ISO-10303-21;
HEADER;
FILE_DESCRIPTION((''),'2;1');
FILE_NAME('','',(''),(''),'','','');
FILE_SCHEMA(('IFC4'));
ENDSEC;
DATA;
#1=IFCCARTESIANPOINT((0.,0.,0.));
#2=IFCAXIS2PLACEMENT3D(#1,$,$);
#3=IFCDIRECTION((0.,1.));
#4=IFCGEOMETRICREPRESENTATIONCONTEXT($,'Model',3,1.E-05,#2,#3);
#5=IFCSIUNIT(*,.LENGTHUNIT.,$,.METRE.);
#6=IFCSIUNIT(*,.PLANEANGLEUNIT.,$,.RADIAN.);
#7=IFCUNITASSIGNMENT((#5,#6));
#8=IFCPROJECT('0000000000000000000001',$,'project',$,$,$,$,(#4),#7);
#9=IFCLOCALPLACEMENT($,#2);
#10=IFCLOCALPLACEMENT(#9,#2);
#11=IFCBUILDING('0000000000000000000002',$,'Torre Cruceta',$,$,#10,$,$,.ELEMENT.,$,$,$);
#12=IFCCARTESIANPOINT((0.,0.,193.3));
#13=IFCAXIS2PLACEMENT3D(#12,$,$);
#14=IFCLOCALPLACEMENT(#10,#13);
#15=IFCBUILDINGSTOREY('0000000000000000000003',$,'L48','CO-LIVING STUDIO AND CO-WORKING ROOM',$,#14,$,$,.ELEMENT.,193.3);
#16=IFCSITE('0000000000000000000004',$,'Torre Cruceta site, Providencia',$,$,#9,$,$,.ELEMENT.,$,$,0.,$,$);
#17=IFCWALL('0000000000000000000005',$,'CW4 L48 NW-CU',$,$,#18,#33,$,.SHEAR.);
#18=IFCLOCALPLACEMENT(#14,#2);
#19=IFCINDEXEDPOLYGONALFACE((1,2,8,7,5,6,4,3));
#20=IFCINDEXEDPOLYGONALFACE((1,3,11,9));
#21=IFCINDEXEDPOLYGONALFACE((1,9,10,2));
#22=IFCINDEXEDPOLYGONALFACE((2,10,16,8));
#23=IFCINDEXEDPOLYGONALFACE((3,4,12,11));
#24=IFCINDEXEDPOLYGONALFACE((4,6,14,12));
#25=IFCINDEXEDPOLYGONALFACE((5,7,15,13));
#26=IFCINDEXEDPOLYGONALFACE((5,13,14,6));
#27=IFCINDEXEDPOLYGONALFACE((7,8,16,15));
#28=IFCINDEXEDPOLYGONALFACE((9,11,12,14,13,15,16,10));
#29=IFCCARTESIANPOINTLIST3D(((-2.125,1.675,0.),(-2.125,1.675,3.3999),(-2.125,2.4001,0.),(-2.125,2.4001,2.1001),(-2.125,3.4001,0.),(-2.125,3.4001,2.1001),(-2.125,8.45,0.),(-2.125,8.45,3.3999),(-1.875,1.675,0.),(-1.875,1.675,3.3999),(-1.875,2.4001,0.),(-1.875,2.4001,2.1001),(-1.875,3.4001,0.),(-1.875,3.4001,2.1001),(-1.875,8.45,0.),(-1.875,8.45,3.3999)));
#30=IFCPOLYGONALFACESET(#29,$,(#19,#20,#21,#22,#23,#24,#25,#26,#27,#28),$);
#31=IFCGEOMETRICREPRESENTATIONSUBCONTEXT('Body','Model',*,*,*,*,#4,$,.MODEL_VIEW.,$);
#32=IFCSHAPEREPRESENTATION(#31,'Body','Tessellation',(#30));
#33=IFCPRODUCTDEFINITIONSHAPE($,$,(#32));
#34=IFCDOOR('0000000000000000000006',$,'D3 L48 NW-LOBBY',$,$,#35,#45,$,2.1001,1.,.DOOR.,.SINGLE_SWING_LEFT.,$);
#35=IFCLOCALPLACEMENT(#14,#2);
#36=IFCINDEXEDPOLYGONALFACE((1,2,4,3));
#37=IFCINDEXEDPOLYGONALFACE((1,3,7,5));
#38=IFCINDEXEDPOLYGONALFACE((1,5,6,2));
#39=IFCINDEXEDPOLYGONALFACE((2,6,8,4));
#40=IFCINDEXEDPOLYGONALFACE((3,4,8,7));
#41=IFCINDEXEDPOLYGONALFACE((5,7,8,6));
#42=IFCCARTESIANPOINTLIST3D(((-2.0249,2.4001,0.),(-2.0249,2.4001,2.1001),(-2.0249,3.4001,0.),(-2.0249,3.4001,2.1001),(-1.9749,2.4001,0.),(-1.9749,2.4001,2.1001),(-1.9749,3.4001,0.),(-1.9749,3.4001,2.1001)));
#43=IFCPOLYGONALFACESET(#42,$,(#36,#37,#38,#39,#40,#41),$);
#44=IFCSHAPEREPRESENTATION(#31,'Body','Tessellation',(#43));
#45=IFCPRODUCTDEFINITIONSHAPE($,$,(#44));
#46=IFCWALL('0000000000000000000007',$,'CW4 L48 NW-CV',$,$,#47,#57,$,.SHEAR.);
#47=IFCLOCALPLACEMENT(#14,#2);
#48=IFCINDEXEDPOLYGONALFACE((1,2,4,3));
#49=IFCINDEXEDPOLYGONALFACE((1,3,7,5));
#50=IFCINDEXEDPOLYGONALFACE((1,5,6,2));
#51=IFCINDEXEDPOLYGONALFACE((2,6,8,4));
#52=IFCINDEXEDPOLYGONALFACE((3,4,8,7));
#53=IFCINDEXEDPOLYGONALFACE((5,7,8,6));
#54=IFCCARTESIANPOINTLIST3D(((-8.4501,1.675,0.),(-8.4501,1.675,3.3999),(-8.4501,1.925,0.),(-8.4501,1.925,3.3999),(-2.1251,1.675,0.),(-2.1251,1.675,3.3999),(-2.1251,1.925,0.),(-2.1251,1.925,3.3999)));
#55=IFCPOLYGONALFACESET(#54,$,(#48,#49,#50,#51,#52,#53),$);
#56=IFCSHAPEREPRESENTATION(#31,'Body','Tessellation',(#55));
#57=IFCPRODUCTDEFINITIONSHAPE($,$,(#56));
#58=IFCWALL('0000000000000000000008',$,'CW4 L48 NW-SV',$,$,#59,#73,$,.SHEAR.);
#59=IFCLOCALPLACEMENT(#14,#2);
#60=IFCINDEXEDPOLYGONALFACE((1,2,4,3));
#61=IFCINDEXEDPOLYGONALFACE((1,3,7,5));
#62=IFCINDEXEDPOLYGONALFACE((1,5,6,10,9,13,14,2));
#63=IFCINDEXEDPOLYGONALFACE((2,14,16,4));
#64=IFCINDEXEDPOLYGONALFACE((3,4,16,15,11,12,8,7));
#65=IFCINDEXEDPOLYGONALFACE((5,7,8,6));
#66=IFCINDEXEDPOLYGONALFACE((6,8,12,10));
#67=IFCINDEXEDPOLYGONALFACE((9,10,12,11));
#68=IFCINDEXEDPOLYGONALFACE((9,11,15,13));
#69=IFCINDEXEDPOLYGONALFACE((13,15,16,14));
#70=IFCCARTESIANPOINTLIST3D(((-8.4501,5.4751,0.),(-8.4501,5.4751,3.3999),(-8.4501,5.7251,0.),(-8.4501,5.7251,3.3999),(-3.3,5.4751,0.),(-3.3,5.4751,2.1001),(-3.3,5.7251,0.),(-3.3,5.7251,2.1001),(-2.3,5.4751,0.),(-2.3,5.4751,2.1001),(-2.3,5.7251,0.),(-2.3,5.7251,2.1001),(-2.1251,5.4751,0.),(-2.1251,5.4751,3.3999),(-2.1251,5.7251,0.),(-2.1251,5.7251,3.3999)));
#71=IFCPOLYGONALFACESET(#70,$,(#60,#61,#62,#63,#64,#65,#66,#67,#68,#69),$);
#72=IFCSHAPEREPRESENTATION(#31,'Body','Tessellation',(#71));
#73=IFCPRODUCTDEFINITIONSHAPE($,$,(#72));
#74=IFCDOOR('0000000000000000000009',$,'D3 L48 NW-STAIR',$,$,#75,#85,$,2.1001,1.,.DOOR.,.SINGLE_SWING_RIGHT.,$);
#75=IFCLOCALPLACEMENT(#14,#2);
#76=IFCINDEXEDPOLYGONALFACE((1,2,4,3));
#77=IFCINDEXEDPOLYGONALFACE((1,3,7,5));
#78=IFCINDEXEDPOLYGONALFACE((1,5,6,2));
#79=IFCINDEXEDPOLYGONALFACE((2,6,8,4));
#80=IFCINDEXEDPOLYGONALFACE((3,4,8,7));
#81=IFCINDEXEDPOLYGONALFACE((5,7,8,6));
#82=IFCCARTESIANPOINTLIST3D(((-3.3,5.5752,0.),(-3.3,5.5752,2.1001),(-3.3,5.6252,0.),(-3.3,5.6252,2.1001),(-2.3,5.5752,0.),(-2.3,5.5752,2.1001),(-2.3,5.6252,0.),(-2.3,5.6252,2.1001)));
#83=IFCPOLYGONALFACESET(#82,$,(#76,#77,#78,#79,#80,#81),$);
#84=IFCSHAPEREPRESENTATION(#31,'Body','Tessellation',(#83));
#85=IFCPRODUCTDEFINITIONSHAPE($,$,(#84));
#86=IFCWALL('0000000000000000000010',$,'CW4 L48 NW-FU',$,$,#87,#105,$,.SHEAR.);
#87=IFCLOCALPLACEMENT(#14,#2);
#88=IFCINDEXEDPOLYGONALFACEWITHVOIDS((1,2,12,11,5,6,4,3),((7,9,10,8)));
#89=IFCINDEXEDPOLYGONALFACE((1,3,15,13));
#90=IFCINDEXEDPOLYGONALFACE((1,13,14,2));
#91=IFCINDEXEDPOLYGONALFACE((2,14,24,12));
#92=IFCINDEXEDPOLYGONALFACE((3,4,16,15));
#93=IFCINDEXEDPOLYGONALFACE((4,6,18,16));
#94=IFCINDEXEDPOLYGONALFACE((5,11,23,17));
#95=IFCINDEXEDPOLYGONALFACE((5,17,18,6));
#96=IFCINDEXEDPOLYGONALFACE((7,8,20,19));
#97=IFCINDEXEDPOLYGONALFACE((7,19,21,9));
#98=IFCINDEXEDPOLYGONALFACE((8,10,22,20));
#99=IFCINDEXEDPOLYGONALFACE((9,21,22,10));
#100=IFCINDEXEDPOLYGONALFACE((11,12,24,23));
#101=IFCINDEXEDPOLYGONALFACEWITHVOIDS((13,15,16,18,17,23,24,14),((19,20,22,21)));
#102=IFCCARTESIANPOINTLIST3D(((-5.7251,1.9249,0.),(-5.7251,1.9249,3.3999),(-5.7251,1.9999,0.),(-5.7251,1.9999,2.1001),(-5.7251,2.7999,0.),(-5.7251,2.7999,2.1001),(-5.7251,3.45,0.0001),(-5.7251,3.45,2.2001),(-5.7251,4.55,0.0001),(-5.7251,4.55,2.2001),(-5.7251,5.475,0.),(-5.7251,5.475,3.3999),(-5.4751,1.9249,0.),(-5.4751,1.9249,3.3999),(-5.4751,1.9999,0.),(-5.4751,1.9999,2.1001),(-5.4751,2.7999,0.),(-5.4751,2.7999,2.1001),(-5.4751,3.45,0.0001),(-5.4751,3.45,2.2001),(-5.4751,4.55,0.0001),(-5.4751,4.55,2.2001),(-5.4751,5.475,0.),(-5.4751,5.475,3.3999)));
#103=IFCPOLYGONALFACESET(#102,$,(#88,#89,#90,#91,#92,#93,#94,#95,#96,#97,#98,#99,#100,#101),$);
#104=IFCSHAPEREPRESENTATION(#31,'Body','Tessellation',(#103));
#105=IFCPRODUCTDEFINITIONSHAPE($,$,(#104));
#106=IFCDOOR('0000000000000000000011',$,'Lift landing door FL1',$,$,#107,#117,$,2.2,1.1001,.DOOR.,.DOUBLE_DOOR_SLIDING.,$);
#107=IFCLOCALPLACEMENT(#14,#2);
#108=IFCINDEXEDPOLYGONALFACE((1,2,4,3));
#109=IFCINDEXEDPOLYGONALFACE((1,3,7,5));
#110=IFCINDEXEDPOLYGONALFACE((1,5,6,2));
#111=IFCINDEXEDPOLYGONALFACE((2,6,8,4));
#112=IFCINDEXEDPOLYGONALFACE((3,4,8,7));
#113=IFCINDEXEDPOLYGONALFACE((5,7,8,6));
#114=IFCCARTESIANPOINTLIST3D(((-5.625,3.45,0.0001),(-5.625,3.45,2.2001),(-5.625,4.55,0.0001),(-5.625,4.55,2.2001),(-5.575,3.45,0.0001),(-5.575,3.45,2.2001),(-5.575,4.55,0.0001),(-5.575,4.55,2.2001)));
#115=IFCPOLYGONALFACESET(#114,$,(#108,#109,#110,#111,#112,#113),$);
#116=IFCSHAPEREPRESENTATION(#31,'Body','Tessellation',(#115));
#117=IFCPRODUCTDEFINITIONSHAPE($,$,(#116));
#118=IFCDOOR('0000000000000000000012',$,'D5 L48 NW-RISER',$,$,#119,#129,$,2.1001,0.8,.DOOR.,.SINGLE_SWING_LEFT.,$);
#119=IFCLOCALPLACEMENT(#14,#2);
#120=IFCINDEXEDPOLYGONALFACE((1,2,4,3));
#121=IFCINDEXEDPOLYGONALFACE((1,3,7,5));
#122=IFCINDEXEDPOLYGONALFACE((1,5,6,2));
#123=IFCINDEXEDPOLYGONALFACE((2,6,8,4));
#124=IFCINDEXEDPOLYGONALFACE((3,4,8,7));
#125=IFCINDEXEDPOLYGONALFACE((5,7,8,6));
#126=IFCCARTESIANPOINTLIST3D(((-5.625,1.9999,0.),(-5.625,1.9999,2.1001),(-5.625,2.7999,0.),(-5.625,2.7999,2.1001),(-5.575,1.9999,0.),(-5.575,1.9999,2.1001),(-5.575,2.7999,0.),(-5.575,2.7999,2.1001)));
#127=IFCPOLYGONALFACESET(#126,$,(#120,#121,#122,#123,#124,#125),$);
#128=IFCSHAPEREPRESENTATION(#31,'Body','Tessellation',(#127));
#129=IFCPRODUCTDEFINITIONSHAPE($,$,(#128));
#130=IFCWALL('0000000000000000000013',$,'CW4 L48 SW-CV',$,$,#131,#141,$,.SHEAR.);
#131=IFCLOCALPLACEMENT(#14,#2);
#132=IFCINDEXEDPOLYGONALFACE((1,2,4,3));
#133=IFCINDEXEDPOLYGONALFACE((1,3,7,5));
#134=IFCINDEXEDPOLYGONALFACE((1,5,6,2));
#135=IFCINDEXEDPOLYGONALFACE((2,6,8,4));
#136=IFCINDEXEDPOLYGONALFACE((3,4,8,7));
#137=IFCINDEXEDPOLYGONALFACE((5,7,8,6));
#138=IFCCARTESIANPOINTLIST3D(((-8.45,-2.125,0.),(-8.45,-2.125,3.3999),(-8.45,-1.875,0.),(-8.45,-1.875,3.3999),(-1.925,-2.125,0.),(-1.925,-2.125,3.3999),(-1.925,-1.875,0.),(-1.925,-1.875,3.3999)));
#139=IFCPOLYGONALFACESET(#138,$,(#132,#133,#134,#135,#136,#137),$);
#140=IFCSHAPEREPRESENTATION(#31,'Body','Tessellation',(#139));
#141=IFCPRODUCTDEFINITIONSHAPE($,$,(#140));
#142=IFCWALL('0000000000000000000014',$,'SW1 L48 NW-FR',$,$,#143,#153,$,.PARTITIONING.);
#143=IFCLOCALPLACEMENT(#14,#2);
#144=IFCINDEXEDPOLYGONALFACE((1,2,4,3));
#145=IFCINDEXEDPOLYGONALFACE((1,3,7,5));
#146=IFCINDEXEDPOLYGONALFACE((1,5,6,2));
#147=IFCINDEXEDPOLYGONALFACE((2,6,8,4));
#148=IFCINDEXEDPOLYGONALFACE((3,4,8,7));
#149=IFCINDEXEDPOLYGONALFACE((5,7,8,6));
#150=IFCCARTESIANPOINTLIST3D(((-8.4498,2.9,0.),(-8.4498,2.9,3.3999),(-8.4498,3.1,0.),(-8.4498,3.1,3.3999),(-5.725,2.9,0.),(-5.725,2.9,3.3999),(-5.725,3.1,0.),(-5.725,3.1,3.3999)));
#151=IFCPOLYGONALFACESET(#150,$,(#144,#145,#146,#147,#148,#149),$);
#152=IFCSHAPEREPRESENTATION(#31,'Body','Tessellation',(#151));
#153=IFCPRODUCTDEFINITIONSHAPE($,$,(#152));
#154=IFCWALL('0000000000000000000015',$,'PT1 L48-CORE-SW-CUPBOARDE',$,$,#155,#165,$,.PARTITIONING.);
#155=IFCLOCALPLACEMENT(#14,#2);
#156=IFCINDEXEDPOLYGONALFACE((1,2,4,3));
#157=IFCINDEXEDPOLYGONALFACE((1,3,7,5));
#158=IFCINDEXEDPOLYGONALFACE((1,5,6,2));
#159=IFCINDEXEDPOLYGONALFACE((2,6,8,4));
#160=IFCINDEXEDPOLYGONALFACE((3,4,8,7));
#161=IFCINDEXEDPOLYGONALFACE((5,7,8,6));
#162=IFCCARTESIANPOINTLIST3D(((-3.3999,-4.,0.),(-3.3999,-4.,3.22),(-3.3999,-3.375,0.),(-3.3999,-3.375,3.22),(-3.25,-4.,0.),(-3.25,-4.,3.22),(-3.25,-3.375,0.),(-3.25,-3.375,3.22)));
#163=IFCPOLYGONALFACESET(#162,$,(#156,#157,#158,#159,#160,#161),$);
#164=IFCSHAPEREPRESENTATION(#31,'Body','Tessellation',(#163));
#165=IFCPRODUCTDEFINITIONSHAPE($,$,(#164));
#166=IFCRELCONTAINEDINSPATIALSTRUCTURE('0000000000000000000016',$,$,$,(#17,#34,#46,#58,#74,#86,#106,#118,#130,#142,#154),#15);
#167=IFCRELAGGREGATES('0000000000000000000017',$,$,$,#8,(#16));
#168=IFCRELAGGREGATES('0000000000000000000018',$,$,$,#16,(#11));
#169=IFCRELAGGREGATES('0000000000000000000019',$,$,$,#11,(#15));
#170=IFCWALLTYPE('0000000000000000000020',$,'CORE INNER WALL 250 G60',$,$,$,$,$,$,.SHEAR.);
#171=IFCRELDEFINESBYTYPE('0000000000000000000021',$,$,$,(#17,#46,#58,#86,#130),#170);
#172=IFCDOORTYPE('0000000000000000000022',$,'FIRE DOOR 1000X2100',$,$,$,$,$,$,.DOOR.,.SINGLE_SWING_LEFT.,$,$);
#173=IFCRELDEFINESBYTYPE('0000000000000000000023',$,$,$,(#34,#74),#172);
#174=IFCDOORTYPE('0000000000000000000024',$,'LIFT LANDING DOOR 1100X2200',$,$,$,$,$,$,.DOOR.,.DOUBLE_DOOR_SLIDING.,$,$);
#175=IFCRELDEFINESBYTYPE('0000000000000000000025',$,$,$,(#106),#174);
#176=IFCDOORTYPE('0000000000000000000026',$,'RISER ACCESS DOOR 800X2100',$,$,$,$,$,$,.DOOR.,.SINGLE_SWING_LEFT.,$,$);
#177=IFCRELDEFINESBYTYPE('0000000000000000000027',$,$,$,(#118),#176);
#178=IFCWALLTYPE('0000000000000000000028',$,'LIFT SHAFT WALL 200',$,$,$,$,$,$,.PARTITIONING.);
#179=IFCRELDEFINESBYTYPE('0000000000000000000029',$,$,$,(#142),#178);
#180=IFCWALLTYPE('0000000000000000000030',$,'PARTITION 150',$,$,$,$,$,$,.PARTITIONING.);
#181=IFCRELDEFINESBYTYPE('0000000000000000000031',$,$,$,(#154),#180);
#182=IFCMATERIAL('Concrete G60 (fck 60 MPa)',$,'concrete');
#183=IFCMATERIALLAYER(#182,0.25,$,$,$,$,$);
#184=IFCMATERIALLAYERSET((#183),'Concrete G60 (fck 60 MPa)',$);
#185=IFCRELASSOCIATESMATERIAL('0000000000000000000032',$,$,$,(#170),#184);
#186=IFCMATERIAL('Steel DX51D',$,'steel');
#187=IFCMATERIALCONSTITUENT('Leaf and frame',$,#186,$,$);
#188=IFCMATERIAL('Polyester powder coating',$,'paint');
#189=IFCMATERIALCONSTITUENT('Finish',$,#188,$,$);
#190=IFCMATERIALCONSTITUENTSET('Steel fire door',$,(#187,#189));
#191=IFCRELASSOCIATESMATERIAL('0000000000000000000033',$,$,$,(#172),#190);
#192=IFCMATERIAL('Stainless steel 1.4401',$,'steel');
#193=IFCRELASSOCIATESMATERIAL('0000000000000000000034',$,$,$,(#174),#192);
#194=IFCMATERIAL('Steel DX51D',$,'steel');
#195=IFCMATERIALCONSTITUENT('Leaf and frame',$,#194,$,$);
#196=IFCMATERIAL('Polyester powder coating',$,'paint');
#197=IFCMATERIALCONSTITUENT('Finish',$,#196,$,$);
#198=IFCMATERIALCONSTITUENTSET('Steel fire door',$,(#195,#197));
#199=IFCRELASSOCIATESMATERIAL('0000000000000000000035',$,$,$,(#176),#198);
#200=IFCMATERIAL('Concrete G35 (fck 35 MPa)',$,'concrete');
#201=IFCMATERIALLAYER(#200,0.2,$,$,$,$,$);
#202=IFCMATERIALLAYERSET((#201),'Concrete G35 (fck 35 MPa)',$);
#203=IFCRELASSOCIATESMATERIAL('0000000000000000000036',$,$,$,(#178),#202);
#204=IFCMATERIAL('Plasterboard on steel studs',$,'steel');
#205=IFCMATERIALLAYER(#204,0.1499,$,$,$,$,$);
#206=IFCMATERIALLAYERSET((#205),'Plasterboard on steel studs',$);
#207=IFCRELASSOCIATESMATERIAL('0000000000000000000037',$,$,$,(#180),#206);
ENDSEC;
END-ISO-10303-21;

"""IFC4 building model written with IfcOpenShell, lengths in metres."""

from ifc_helpers import new_model, si_unit, direction, frame, frame_2d, origin, place, context, subcontext, project, spatial, rectangle, extrude, material, layer, layer_set, constituent, constituent_set, type_object, element, fill, save


model = new_model("IFC4")

# Units and contexts
model_context = context("Model", 3, precision=1e-05, world=origin(), true_north=direction((0.0, 1.0)))
body_context = subcontext(model_context, "Body", "Model", "MODEL_VIEW")
ifc_project = project(units=[si_unit("LENGTHUNIT", "METRE"), si_unit("PLANEANGLEUNIT", "RADIAN")], contexts=[model_context])

# Site, building, storey
site_placement = place(None, origin())
site = spatial("IfcSite", under=ifc_project, at=site_placement, Name="Torre Cruceta site, Providencia", CompositionType="ELEMENT", RefElevation=0.0)
building_placement = place(site_placement, origin())
building = spatial("IfcBuilding", under=site, at=building_placement, Name="Torre Cruceta", CompositionType="ELEMENT")
storey_placement = place(building_placement, frame((0.0, 0.0, 193.3)))
storey = spatial("IfcBuildingStorey", under=building, at=storey_placement, Name="L48", Description="CO-LIVING STUDIO AND CO-WORKING ROOM", CompositionType="ELEMENT", Elevation=193.3)

# Wall, opening, door
ifc_material_1 = material(Name="Concrete G60 (fck 60 MPa)", Category="concrete")
ifc_layer_1 = layer(ifc_material_1, 0.25)
ifc_layer_set_1 = layer_set([ifc_layer_1], Name="Concrete G60 (fck 60 MPa)")
wall_type_1 = type_object("IfcWallType", Name="CORE INNER WALL 250 G60", PredefinedType="SHEAR", material=ifc_layer_set_1)
wall_1_placement = place(storey_placement, frame((-2.0, 1.675, 0.0), z_axis=(0.0, 0.0, 1.0), x_axis=(0.0, 1.0, 0.0)))
wall_1 = element("IfcWall", 1, at=wall_1_placement, inside=storey, type_object=wall_type_1, Name="CW4 L48 NW-CU", PredefinedType="SHEAR", context=body_context, shape_type="SweptSolid", body=[
    extrude(rectangle(XDim=6.7749, YDim=0.25, at=frame_2d((3.3875, 0.0))), origin(), (0.0, 0.0, 1.0), 3.3999),
])
opening_1_placement = place(wall_1_placement, frame((0.7251, 0.0, 0.0)))
opening_1 = element("IfcOpeningElement", 2, at=opening_1_placement, cuts=wall_1, PredefinedType="OPENING", context=body_context, shape_type="SweptSolid", body=[
    extrude(rectangle(XDim=1.0, YDim=2.1001, at=frame_2d((0.5, 1.05))), frame((0.0, 0.135, 0.0), z_axis=(0.0, -1.0, 0.0), x_axis=(1.0, 0.0, 0.0)), (0.0, 0.0, 1.0), 0.27),
])
ifc_material_2 = material(Name="Steel DX51D", Category="steel")
ifc_constituent_1 = constituent(ifc_material_2, Name="Leaf and frame")
ifc_material_3 = material(Name="Polyester powder coating", Category="paint")
ifc_constituent_2 = constituent(ifc_material_3, Name="Finish")
ifc_constituent_set_1 = constituent_set(constituents=[ifc_constituent_1, ifc_constituent_2], Name="Steel fire door")
door_type_1 = type_object("IfcDoorType", Name="FIRE DOOR 1000X2100", OperationType="SINGLE_SWING_LEFT", PredefinedType="DOOR", material=ifc_constituent_set_1)
door_1_placement = place(opening_1_placement, origin())
door_1 = element("IfcDoor", 3, at=door_1_placement, inside=storey, type_object=door_type_1, Name="D3 L48 NW-LOBBY", OperationType="SINGLE_SWING_LEFT", OverallHeight=2.1001, OverallWidth=1.0, PredefinedType="DOOR", context=body_context, shape_type="SweptSolid", body=[
    extrude(rectangle(XDim=1.0, YDim=2.1001, at=frame_2d((0.5, 1.05))), frame((0.0, 0.0249, 0.0), z_axis=(0.0, -1.0, 0.0), x_axis=(1.0, 0.0, 0.0)), (0.0, 0.0, 1.0), 0.05),
])
fill(opening_1, door_1)

# Wall
wall_2_placement = place(storey_placement, frame((-2.125, 1.8, 0.0), z_axis=(0.0, 0.0, 1.0), x_axis=(-1.0, 0.0, 0.0)))
element("IfcWall", 4, at=wall_2_placement, inside=storey, type_object=wall_type_1, Name="CW4 L48 NW-CV", PredefinedType="SHEAR", context=body_context, shape_type="SweptSolid", body=[
    extrude(rectangle(XDim=6.325, YDim=0.25, at=frame_2d((3.1626, 0.0))), origin(), (0.0, 0.0, 1.0), 3.3999),
])

# Wall, opening, door
wall_3_placement = place(storey_placement, frame((-2.125, 5.6001, 0.0), z_axis=(0.0, 0.0, 1.0), x_axis=(-1.0, 0.0, 0.0)))
wall_3 = element("IfcWall", 5, at=wall_3_placement, inside=storey, type_object=wall_type_1, Name="CW4 L48 NW-SV", PredefinedType="SHEAR", context=body_context, shape_type="SweptSolid", body=[
    extrude(rectangle(XDim=6.325, YDim=0.25, at=frame_2d((3.1626, 0.0))), origin(), (0.0, 0.0, 1.0), 3.3999),
])
opening_2_placement = place(wall_3_placement, frame((0.175, 0.0, 0.0)))
opening_2 = element("IfcOpeningElement", 6, at=opening_2_placement, cuts=wall_3, PredefinedType="OPENING", context=body_context, shape_type="SweptSolid", body=[
    extrude(rectangle(XDim=1.0, YDim=2.1001, at=frame_2d((0.5, 1.05))), frame((0.0, 0.135, 0.0), z_axis=(0.0, -1.0, 0.0), x_axis=(1.0, 0.0, 0.0)), (0.0, 0.0, 1.0), 0.27),
])
door_2_placement = place(opening_2_placement, frame((1.0, 0.0, 0.0), z_axis=(0.0, 0.0, 1.0), x_axis=(-1.0, 0.0, 0.0)))
door_2 = element("IfcDoor", 7, at=door_2_placement, inside=storey, type_object=door_type_1, Name="D3 L48 NW-STAIR", OperationType="SINGLE_SWING_RIGHT", OverallHeight=2.1001, OverallWidth=1.0, PredefinedType="DOOR", context=body_context, shape_type="SweptSolid", body=[
    extrude(rectangle(XDim=1.0, YDim=2.1001, at=frame_2d((0.5, 1.05))), frame((0.0, 0.0251, 0.0), z_axis=(0.0, -1.0, 0.0), x_axis=(1.0, 0.0, 0.0)), (0.0, 0.0, 1.0), 0.05),
])
fill(opening_2, door_2)

# Wall, openings, doors
wall_4_placement = place(storey_placement, frame((-5.6001, 1.925, 0.0), z_axis=(0.0, 0.0, 1.0), x_axis=(0.0, 1.0, 0.0)))
wall_4 = element("IfcWall", 8, at=wall_4_placement, inside=storey, type_object=wall_type_1, Name="CW4 L48 NW-FU", PredefinedType="SHEAR", context=body_context, shape_type="SweptSolid", body=[
    extrude(rectangle(XDim=3.55, YDim=0.25, at=frame_2d((1.7749, 0.0))), origin(), (0.0, 0.0, 1.0), 3.3999),
])
opening_3_placement = place(wall_4_placement, frame((1.5249, 0.0, 0.0)))
opening_3 = element("IfcOpeningElement", 9, at=opening_3_placement, cuts=wall_4, PredefinedType="OPENING", context=body_context, shape_type="SweptSolid", body=[
    extrude(rectangle(XDim=1.1001, YDim=2.2, at=frame_2d((0.55, 1.1001))), frame((0.0, 0.135, 0.0), z_axis=(0.0, -1.0, 0.0), x_axis=(1.0, 0.0, 0.0)), (0.0, 0.0, 1.0), 0.27),
])
opening_4_placement = place(wall_4_placement, frame((0.075, 0.0, 0.0)))
opening_4 = element("IfcOpeningElement", 10, at=opening_4_placement, cuts=wall_4, PredefinedType="OPENING", context=body_context, shape_type="SweptSolid", body=[
    extrude(rectangle(XDim=0.8, YDim=2.1001, at=frame_2d((0.3999, 1.05))), frame((0.0, 0.135, 0.0), z_axis=(0.0, -1.0, 0.0), x_axis=(1.0, 0.0, 0.0)), (0.0, 0.0, 1.0), 0.27),
])
ifc_material_4 = material(Name="Stainless steel 1.4401", Category="steel")
door_type_2 = type_object("IfcDoorType", Name="LIFT LANDING DOOR 1100X2200", OperationType="DOUBLE_DOOR_SLIDING", PredefinedType="DOOR", material=ifc_material_4)
door_3_placement = place(opening_3_placement, origin())
door_3 = element("IfcDoor", 11, at=door_3_placement, inside=storey, type_object=door_type_2, Name="Lift landing door FL1", OperationType="DOUBLE_DOOR_SLIDING", OverallHeight=2.2, OverallWidth=1.1001, PredefinedType="DOOR", context=body_context, shape_type="SweptSolid", body=[
    extrude(rectangle(XDim=1.1001, YDim=2.2, at=frame_2d((0.55, 1.1001))), frame((0.0, 0.0249, 0.0), z_axis=(0.0, -1.0, 0.0), x_axis=(1.0, 0.0, 0.0)), (0.0, 0.0, 1.0), 0.05),
])
fill(opening_3, door_3)
ifc_material_5 = material(Name="Steel DX51D", Category="steel")
ifc_constituent_3 = constituent(ifc_material_5, Name="Leaf and frame")
ifc_material_6 = material(Name="Polyester powder coating", Category="paint")
ifc_constituent_4 = constituent(ifc_material_6, Name="Finish")
ifc_constituent_set_2 = constituent_set(constituents=[ifc_constituent_3, ifc_constituent_4], Name="Steel fire door")
door_type_3 = type_object("IfcDoorType", Name="RISER ACCESS DOOR 800X2100", OperationType="SINGLE_SWING_LEFT", PredefinedType="DOOR", material=ifc_constituent_set_2)
door_4_placement = place(opening_4_placement, origin())
door_4 = element("IfcDoor", 12, at=door_4_placement, inside=storey, type_object=door_type_3, Name="D5 L48 NW-RISER", OperationType="SINGLE_SWING_LEFT", OverallHeight=2.1001, OverallWidth=0.8, PredefinedType="DOOR", context=body_context, shape_type="SweptSolid", body=[
    extrude(rectangle(XDim=0.8, YDim=2.1001, at=frame_2d((0.3999, 1.05))), frame((0.0, 0.0249, 0.0), z_axis=(0.0, -1.0, 0.0), x_axis=(1.0, 0.0, 0.0)), (0.0, 0.0, 1.0), 0.05),
])
fill(opening_4, door_4)

# Walls
wall_5_placement = place(storey_placement, frame((-1.925, -2.0, 0.0), z_axis=(0.0, 0.0, 1.0), x_axis=(-1.0, 0.0, 0.0)))
element("IfcWall", 13, at=wall_5_placement, inside=storey, type_object=wall_type_1, Name="CW4 L48 SW-CV", PredefinedType="SHEAR", context=body_context, shape_type="SweptSolid", body=[
    extrude(rectangle(XDim=6.5249, YDim=0.25, at=frame_2d((3.2625, 0.0))), origin(), (0.0, 0.0, 1.0), 3.3999),
])
ifc_material_7 = material(Name="Concrete G35 (fck 35 MPa)", Category="concrete")
ifc_layer_2 = layer(ifc_material_7, 0.2)
ifc_layer_set_2 = layer_set([ifc_layer_2], Name="Concrete G35 (fck 35 MPa)")
wall_type_2 = type_object("IfcWallType", Name="LIFT SHAFT WALL 200", PredefinedType="PARTITIONING", material=ifc_layer_set_2)
wall_6_placement = place(storey_placement, frame((-5.7251, 3.0, 0.0), z_axis=(0.0, 0.0, 1.0), x_axis=(-1.0, 0.0, 0.0)))
element("IfcWall", 14, at=wall_6_placement, inside=storey, type_object=wall_type_2, Name="SW1 L48 NW-FR", PredefinedType="PARTITIONING", context=body_context, shape_type="SweptSolid", body=[
    extrude(rectangle(XDim=2.7249, YDim=0.2, at=frame_2d((1.3623, 0.0))), origin(), (0.0, 0.0, 1.0), 3.3999),
])
ifc_material_8 = material(Name="Plasterboard on steel studs", Category="steel")
ifc_layer_3 = layer(ifc_material_8, 0.1499)
ifc_layer_set_3 = layer_set([ifc_layer_3], Name="Plasterboard on steel studs")
wall_type_3 = type_object("IfcWallType", Name="PARTITION 150", PredefinedType="PARTITIONING", material=ifc_layer_set_3)
wall_7_placement = place(storey_placement, frame((-3.325, -3.375, 0.0), z_axis=(0.0, 0.0, 1.0), x_axis=(0.0, -1.0, 0.0)))
element("IfcWall", 15, at=wall_7_placement, inside=storey, type_object=wall_type_3, Name="PT1 L48-CORE-SW-CUPBOARDE", PredefinedType="PARTITIONING", context=body_context, shape_type="SweptSolid", body=[
    extrude(rectangle(XDim=0.625, YDim=0.1499, at=frame_2d((0.3125, 0.0))), origin(), (0.0, 0.0, 1.0), 3.22),
])

save(model, "model.ifc")
